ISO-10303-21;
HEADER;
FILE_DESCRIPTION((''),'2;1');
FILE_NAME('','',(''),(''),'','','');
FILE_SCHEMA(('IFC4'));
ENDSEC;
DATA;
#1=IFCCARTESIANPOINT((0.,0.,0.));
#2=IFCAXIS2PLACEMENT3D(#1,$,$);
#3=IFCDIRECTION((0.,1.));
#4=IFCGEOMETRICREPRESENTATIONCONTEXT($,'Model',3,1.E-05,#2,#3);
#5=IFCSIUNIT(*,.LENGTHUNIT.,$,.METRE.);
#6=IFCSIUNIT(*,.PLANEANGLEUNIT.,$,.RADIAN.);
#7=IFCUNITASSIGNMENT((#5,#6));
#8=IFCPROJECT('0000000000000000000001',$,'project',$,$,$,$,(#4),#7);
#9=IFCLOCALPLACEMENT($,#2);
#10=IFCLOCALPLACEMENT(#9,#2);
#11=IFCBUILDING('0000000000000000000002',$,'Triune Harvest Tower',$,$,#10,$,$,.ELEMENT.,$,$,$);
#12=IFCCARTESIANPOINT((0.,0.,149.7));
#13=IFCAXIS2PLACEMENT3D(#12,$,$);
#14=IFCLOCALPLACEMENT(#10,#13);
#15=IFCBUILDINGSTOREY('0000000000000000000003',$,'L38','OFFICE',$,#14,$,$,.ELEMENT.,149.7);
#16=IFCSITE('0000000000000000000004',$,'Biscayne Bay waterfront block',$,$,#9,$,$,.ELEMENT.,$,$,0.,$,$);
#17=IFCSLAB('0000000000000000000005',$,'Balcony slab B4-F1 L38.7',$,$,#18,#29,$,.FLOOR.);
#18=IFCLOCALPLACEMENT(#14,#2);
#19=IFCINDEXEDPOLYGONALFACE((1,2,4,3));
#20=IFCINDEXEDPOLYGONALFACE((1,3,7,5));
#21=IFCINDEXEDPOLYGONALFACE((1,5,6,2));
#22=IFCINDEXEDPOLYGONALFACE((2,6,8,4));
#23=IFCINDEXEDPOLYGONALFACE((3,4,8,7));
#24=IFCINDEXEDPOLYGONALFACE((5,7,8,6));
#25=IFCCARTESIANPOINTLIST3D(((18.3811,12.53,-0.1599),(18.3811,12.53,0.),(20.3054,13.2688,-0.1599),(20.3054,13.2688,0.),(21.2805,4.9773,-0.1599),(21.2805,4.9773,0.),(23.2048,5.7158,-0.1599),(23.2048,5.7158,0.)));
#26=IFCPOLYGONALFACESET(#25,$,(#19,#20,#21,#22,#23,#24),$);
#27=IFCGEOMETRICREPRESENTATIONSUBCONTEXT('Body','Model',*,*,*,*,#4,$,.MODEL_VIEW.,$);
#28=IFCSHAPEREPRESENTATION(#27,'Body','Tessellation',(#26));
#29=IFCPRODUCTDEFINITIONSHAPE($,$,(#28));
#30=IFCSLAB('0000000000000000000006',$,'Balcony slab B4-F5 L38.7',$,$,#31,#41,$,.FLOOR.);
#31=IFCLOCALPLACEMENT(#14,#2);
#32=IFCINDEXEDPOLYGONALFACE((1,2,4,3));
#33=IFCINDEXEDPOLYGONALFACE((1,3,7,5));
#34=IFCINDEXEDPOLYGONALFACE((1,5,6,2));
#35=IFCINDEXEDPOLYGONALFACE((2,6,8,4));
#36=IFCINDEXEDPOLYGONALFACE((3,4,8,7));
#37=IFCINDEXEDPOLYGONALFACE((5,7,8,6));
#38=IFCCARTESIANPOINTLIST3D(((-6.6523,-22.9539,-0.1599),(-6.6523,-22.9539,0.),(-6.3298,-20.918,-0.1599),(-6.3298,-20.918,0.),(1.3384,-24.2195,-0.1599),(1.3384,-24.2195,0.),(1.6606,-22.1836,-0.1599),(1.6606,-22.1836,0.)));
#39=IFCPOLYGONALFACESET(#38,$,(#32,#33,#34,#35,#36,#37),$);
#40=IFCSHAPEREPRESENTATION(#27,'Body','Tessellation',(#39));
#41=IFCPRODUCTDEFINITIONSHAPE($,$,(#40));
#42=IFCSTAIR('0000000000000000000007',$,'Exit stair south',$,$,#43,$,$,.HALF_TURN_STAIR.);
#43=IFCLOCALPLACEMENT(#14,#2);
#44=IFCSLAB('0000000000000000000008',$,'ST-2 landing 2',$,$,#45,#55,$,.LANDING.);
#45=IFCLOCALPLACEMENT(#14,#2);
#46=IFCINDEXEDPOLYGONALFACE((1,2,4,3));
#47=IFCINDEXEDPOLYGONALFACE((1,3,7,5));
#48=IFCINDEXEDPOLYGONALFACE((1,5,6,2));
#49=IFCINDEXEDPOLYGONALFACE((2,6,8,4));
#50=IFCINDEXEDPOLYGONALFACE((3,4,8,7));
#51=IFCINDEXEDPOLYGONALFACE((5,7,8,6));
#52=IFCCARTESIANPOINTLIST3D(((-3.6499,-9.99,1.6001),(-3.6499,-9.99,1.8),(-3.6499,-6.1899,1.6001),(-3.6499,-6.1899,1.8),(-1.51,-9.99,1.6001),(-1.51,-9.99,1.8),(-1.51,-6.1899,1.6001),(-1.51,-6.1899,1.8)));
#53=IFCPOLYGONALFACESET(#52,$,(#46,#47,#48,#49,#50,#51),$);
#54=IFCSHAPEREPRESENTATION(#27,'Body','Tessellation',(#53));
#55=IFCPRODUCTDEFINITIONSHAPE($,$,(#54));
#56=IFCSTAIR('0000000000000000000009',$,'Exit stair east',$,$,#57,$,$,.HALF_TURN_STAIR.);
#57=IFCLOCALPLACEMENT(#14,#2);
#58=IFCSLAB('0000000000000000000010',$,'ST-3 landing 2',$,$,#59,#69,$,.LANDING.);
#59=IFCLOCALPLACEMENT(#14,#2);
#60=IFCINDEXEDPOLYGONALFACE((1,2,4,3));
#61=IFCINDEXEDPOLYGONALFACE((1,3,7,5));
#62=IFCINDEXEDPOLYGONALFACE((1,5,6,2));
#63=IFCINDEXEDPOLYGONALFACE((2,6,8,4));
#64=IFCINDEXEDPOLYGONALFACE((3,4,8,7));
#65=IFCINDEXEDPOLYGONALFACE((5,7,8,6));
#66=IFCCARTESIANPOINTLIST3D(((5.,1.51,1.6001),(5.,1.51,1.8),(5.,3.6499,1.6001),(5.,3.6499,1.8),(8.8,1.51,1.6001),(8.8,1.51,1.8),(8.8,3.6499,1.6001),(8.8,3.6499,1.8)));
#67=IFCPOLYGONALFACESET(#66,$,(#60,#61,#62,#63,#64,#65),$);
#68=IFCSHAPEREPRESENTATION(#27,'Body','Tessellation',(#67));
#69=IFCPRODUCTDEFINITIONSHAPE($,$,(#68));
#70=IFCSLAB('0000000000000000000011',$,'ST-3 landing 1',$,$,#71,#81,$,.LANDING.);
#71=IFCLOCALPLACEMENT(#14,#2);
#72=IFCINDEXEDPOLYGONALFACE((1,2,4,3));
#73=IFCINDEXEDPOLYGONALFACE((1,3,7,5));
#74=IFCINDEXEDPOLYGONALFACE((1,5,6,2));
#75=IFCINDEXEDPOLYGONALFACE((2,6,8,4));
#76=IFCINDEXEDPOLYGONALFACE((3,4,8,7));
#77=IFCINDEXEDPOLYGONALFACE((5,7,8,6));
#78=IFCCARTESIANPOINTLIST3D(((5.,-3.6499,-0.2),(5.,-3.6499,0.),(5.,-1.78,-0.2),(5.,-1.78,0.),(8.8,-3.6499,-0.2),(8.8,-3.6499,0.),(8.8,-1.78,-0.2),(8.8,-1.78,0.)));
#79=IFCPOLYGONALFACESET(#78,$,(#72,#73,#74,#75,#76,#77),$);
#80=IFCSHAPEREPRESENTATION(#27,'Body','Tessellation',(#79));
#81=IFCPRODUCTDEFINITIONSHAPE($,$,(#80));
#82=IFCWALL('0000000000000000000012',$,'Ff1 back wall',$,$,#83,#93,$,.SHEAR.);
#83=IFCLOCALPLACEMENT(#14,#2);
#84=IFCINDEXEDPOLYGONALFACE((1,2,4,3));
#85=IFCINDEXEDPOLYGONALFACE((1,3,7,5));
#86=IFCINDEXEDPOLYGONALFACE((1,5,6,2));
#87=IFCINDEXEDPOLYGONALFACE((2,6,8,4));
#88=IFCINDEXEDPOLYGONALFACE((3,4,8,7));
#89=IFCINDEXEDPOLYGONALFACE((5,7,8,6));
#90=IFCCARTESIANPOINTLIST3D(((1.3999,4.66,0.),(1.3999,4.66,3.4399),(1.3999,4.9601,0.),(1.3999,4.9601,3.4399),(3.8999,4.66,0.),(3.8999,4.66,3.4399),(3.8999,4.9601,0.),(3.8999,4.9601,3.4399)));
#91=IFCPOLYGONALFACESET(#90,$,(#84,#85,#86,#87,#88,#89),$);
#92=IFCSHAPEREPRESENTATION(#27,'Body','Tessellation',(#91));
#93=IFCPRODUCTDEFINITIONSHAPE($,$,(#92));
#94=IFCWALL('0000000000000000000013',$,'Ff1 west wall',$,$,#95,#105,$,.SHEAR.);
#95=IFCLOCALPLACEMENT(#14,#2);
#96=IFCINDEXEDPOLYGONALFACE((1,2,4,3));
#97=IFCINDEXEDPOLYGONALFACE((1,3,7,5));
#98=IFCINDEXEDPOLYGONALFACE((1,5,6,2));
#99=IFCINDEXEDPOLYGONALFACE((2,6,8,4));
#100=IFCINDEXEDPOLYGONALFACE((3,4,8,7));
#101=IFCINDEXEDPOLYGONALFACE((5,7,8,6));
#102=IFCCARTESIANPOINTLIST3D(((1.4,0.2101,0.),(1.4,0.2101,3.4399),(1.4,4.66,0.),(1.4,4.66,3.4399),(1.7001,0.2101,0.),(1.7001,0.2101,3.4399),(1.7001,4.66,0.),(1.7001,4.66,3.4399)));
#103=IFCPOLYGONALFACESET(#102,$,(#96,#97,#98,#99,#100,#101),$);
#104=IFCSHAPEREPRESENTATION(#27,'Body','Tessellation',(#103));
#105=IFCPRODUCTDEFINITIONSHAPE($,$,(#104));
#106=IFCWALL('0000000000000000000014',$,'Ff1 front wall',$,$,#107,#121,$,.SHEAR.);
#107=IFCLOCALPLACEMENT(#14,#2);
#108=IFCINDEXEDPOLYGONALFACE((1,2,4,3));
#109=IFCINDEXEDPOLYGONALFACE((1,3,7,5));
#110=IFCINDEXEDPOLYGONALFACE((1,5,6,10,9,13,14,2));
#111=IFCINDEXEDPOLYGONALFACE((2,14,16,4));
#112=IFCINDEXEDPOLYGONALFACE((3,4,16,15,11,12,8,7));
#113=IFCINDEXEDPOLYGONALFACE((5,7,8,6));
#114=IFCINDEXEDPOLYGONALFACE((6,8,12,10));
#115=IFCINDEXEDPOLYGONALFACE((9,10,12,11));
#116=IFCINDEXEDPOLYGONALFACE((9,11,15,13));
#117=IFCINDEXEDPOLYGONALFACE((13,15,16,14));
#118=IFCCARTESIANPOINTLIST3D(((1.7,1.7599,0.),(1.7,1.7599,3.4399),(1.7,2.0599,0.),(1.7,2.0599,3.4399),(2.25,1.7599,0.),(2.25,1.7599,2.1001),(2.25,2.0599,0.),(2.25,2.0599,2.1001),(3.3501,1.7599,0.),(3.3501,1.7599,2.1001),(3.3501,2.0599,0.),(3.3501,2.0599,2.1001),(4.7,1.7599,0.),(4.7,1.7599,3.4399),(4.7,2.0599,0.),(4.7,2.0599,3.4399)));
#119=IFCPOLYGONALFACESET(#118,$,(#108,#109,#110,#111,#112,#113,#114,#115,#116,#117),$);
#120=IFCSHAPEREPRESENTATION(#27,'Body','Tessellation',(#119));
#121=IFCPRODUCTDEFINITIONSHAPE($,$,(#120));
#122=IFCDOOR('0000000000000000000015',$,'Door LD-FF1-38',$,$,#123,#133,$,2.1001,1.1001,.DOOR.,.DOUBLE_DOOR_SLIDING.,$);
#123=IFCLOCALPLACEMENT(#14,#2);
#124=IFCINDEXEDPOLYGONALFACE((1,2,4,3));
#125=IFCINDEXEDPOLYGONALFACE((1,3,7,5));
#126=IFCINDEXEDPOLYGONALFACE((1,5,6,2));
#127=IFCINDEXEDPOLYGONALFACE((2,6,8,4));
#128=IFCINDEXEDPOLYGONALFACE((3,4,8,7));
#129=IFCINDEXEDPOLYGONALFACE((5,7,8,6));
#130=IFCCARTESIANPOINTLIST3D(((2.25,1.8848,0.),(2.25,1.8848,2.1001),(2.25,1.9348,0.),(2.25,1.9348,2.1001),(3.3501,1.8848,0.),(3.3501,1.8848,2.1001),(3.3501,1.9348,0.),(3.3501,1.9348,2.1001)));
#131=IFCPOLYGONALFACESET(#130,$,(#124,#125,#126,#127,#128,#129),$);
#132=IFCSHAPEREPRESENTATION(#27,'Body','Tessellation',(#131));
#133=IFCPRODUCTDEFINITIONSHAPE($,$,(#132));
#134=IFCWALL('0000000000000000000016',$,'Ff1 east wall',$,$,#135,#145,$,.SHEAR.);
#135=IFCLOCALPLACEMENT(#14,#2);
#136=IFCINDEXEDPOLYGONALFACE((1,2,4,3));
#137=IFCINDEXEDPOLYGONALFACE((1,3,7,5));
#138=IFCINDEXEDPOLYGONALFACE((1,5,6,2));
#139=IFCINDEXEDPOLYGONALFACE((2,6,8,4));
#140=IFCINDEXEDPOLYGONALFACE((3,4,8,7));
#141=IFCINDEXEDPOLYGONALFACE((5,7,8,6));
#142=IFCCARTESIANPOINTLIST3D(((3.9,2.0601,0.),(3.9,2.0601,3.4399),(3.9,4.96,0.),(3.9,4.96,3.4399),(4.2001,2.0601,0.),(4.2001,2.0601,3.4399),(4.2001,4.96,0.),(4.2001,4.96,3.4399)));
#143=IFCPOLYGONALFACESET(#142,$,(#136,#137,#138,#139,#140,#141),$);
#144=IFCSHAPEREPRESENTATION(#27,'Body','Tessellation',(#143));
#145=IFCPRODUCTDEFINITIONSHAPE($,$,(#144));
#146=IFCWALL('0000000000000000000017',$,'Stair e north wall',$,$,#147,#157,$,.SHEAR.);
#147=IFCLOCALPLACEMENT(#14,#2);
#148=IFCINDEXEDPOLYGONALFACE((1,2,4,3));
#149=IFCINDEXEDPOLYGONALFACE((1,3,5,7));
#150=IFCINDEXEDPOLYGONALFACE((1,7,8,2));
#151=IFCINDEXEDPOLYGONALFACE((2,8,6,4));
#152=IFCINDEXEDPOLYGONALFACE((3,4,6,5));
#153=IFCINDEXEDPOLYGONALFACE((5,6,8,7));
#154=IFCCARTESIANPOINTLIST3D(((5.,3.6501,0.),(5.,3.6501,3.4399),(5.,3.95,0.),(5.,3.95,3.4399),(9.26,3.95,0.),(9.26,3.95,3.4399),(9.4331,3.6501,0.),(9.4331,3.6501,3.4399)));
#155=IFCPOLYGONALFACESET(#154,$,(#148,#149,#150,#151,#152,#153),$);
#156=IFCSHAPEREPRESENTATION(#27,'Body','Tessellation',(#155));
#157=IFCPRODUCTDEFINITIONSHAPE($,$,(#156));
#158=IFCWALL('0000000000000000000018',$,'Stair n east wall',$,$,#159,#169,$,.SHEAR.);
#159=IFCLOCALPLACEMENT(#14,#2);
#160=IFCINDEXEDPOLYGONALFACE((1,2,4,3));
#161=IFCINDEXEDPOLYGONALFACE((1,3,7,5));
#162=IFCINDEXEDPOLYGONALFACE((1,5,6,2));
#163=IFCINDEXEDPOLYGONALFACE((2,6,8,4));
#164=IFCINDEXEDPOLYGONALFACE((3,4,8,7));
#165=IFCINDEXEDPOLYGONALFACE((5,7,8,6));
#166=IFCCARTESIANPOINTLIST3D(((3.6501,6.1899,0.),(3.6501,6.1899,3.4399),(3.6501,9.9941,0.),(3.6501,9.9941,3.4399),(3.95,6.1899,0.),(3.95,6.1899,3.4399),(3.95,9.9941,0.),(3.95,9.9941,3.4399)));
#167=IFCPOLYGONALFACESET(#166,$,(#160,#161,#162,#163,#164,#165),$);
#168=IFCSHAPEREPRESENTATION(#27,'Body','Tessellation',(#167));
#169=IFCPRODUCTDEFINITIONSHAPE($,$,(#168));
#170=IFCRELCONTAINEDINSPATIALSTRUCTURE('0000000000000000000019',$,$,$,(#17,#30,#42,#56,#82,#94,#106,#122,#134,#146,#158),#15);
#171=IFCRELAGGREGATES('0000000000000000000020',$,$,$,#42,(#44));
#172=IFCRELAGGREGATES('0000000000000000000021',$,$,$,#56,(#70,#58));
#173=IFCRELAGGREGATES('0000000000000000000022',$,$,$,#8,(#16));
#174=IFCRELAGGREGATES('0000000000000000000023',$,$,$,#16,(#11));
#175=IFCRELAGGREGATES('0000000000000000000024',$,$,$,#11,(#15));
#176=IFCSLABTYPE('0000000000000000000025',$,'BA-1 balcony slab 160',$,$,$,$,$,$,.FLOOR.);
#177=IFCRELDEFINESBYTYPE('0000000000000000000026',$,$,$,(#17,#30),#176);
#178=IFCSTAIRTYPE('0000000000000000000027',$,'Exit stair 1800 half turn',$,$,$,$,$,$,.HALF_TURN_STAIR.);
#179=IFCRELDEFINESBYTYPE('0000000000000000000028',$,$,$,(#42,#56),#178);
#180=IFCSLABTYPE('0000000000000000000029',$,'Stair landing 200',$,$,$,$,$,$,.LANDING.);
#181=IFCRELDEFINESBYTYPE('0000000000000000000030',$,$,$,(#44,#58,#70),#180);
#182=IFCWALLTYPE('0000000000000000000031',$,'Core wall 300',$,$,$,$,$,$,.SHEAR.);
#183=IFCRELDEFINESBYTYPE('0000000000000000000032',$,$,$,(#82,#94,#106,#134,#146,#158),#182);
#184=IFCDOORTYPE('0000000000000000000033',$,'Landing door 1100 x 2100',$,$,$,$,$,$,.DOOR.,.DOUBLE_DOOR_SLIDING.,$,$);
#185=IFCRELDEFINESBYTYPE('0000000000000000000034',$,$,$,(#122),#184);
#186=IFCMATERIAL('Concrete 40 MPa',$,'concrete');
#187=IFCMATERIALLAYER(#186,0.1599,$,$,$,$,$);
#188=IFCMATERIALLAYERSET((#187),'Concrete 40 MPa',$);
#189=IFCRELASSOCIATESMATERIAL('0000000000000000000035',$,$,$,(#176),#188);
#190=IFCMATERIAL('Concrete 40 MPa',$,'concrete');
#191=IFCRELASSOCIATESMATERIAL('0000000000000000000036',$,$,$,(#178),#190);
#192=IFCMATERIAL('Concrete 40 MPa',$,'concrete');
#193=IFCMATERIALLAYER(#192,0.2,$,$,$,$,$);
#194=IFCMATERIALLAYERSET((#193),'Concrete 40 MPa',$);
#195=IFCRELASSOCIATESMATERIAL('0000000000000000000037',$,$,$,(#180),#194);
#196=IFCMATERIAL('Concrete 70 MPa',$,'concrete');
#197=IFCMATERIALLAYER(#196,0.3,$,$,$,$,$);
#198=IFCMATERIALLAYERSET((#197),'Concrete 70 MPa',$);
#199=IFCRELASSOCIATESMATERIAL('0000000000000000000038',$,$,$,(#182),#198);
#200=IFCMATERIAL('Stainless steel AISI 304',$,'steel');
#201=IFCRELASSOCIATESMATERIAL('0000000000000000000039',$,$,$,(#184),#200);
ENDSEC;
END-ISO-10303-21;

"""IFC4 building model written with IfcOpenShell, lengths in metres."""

from ifc_helpers import new_model, si_unit, direction, frame, frame_2d, origin, place, context, subcontext, project, spatial, polyline, rectangle, outline, extrude, source, transform, mapped, material, layer, layer_set, type_object, element, fill, aggregate, save


model = new_model("IFC4")

# Units and contexts
model_context = context("Model", 3, precision=1e-05, world=origin(), true_north=direction((0.0, 1.0)))
body_context = subcontext(model_context, "Body", "Model", "MODEL_VIEW")
ifc_project = project(units=[si_unit("LENGTHUNIT", "METRE"), si_unit("PLANEANGLEUNIT", "RADIAN")], contexts=[model_context])

# Site, building, storey
site_placement = place(None, origin())
site = spatial("IfcSite", under=ifc_project, at=site_placement, Name="Biscayne Bay waterfront block", CompositionType="ELEMENT", RefElevation=0.0)
building_placement = place(site_placement, origin())
building = spatial("IfcBuilding", under=site, at=building_placement, Name="Triune Harvest Tower", CompositionType="ELEMENT")
storey_placement = place(building_placement, frame((0.0, 0.0, 149.7)))
storey = spatial("IfcBuildingStorey", under=building, at=storey_placement, Name="L38", Description="OFFICE", CompositionType="ELEMENT", Elevation=149.7)

# Slabs
ifc_material_1 = material(Name="Concrete 40 MPa", Category="concrete")
ifc_layer_1 = layer(ifc_material_1, 0.1599)
ifc_layer_set_1 = layer_set([ifc_layer_1], Name="Concrete 40 MPa")
slab_type_1 = type_object("IfcSlabType", Name="BA-1 balcony slab 160", PredefinedType="FLOOR", material=ifc_layer_set_1)
slab_1_placement = place(storey_placement, frame((0.0, 0.0, -0.1599)))
element("IfcSlab", 1, at=slab_1_placement, inside=storey, type_object=slab_type_1, Name="Balcony slab B4-F1 L38.7", PredefinedType="FLOOR", context=body_context, shape_type="SweptSolid", body=[
    extrude(outline(polyline([(21.2805, 4.9773), (18.3811, 12.53), (20.3054, 13.2688), (23.2048, 5.7158), (21.2805, 4.9773)])), origin(), (0.0, 0.0, 1.0), 0.1599),
])
slab_2_placement = place(storey_placement, frame((0.0, 0.0, -0.1599)))
element("IfcSlab", 2, at=slab_2_placement, inside=storey, type_object=slab_type_1, Name="Balcony slab B4-F5 L38.7", PredefinedType="FLOOR", context=body_context, shape_type="SweptSolid", body=[
    extrude(outline(polyline([(-6.3298, -20.918), (1.6606, -22.1836), (1.3384, -24.2195), (-6.6523, -22.9539), (-6.3298, -20.918)])), origin(), (0.0, 0.0, 1.0), 0.1599),
])

# Stair, slab
ifc_material_2 = material(Name="Concrete 40 MPa", Category="concrete")
stair_type = type_object("IfcStairType", Name="Exit stair 1800 half turn", PredefinedType="HALF_TURN_STAIR", material=ifc_material_2)
stair_1_placement = place(storey_placement, origin())
stair_1 = element("IfcStair", 3, at=stair_1_placement, inside=storey, type_object=stair_type, Name="Exit stair south", PredefinedType="HALF_TURN_STAIR")
ifc_material_3 = material(Name="Concrete 40 MPa", Category="concrete")
ifc_layer_2 = layer(ifc_material_3, 0.2)
ifc_layer_set_2 = layer_set([ifc_layer_2], Name="Concrete 40 MPa")
slab_type_2 = type_object("IfcSlabType", Name="Stair landing 200", PredefinedType="LANDING", material=ifc_layer_set_2)
shared_shape_1 = source(origin(), body_context, "Body", "SweptSolid", [
    extrude(outline(polyline([(-1.51, -6.1899), (-3.6499, -6.1899), (-3.6499, -9.99), (-1.51, -9.99), (-1.51, -6.1899)])), origin(), (0.0, 0.0, 1.0), 0.2),
])
slab_3_placement = place(storey_placement, frame((0.0, 0.0, 1.6001)))
slab_3 = element("IfcSlab", 4, at=slab_3_placement, type_object=slab_type_2, Name="ST-2 landing 2", PredefinedType="LANDING", context=body_context, shape_type="MappedRepresentation", body=[
    mapped(shared_shape_1, transform((0.0, 0.0, 0.0), scale=1.0)),
])
aggregate(stair_1, [slab_3])

# Stair, slabs
stair_2_placement = place(storey_placement, origin())
stair_2 = element("IfcStair", 5, at=stair_2_placement, inside=storey, type_object=stair_type, Name="Exit stair east", PredefinedType="HALF_TURN_STAIR")
shared_shape_2 = source(origin(), body_context, "Body", "SweptSolid", [
    extrude(outline(polyline([(8.8, 1.51), (8.8, 3.6499), (5.0, 3.6499), (5.0, 1.51), (8.8, 1.51)])), origin(), (0.0, 0.0, 1.0), 0.2),
])
slab_4_placement = place(storey_placement, frame((0.0, 0.0, 1.6001)))
slab_4 = element("IfcSlab", 6, at=slab_4_placement, type_object=slab_type_2, Name="ST-3 landing 2", PredefinedType="LANDING", context=body_context, shape_type="MappedRepresentation", body=[
    mapped(shared_shape_2, transform((0.0, 0.0, 0.0), scale=1.0)),
])
shared_shape_3 = source(origin(), body_context, "Body", "SweptSolid", [
    extrude(outline(polyline([(8.8, -3.6499), (8.8, -1.78), (5.0, -1.78), (5.0, -3.6499), (8.8, -3.6499)])), origin(), (0.0, 0.0, 1.0), 0.2),
])
slab_5_placement = place(storey_placement, frame((0.0, 0.0, -0.2)))
slab_5 = element("IfcSlab", 7, at=slab_5_placement, type_object=slab_type_2, Name="ST-3 landing 1", PredefinedType="LANDING", context=body_context, shape_type="MappedRepresentation", body=[
    mapped(shared_shape_3, transform((0.0, 0.0, 0.0), scale=1.0)),
])

# Walls
ifc_material_4 = material(Name="Concrete 70 MPa", Category="concrete")
ifc_layer_3 = layer(ifc_material_4, 0.3)
ifc_layer_set_3 = layer_set([ifc_layer_3], Name="Concrete 70 MPa")
wall_type_1 = type_object("IfcWallType", Name="Core wall 300", PredefinedType="SHEAR", material=ifc_layer_set_3)
shared_shape_4 = source(origin(), body_context, "Body", "SweptSolid", [
    extrude(rectangle(XDim=2.5, YDim=0.3, at=frame_2d((1.25, 0.0))), origin(), (0.0, 0.0, 1.0), 3.4399),
])
wall_1_placement = place(storey_placement, frame((1.3999, 4.8101, 0.0), z_axis=(0.0, 0.0, 1.0), x_axis=(1.0, 0.0, 0.0)))
element("IfcWall", 8, at=wall_1_placement, inside=storey, type_object=wall_type_1, Name="Ff1 back wall", PredefinedType="SHEAR", context=body_context, shape_type="MappedRepresentation", body=[
    mapped(shared_shape_4, transform((0.0, 0.0, 0.0), scale=1.0)),
])
shared_shape_5 = source(origin(), body_context, "Body", "SweptSolid", [
    extrude(rectangle(XDim=4.45, YDim=0.3, at=frame_2d((2.2251, 0.0))), origin(), (0.0, 0.0, 1.0), 3.4399),
])
wall_2_placement = place(storey_placement, frame((1.55, 0.21, 0.0), z_axis=(0.0, 0.0, 1.0), x_axis=(0.0, 1.0, 0.0)))
element("IfcWall", 9, at=wall_2_placement, inside=storey, type_object=wall_type_1, Name="Ff1 west wall", PredefinedType="SHEAR", context=body_context, shape_type="MappedRepresentation", body=[
    mapped(shared_shape_5, transform((0.0, 0.0, 0.0), scale=1.0)),
])

# Wall, opening, door
shared_shape_6 = source(origin(), body_context, "Body", "SweptSolid", [
    extrude(rectangle(XDim=3.0, YDim=0.3, at=frame_2d((1.5, 0.0))), origin(), (0.0, 0.0, 1.0), 3.4399),
])
wall_3_placement = place(storey_placement, frame((1.7, 1.9099, 0.0), z_axis=(0.0, 0.0, 1.0), x_axis=(1.0, 0.0, 0.0)))
wall_3 = element("IfcWall", 10, at=wall_3_placement, inside=storey, type_object=wall_type_1, Name="Ff1 front wall", PredefinedType="SHEAR", context=body_context, shape_type="MappedRepresentation", body=[
    mapped(shared_shape_6, transform((0.0, 0.0, 0.0), scale=1.0)),
])
opening_1_placement = place(wall_3_placement, frame((0.55, 0.0, 0.0)))
opening_1 = element("IfcOpeningElement", 11, at=opening_1_placement, cuts=wall_3, PredefinedType="OPENING", context=body_context, shape_type="SweptSolid", body=[
    extrude(rectangle(XDim=1.1001, YDim=2.1001, at=frame_2d((0.55, 1.05))), frame((0.0, 0.1602, 0.0), z_axis=(0.0, -1.0, 0.0), x_axis=(1.0, 0.0, 0.0)), (0.0, 0.0, 1.0), 0.3201),
])
ifc_material_5 = material(Name="Stainless steel AISI 304", Category="steel")
door_type_1 = type_object("IfcDoorType", Name="Landing door 1100 x 2100", OperationType="DOUBLE_DOOR_SLIDING", PredefinedType="DOOR", material=ifc_material_5)
door_1_placement = place(opening_1_placement, origin())
door_1 = element("IfcDoor", 12, at=door_1_placement, inside=storey, type_object=door_type_1, Name="Door LD-FF1-38", OperationType="DOUBLE_DOOR_SLIDING", OverallHeight=2.1001, OverallWidth=1.1001, PredefinedType="DOOR", context=body_context, shape_type="SweptSolid", body=[
    extrude(rectangle(XDim=1.1001, YDim=2.1001, at=frame_2d((0.55, 1.05))), frame((0.0, 0.0249, 0.0), z_axis=(0.0, -1.0, 0.0), x_axis=(1.0, 0.0, 0.0)), (0.0, 0.0, 1.0), 0.05),
])
fill(opening_1, door_1)

# Walls
shared_shape_7 = source(origin(), body_context, "Body", "SweptSolid", [
    extrude(rectangle(XDim=2.8999, YDim=0.3, at=frame_2d((1.45, 0.0))), origin(), (0.0, 0.0, 1.0), 3.4399),
])
wall_4_placement = place(storey_placement, frame((4.05, 2.0601, 0.0), z_axis=(0.0, 0.0, 1.0), x_axis=(0.0, 1.0, 0.0)))
element("IfcWall", 13, at=wall_4_placement, inside=storey, type_object=wall_type_1, Name="Ff1 east wall", PredefinedType="SHEAR", context=body_context, shape_type="MappedRepresentation", body=[
    mapped(shared_shape_7, transform((0.0, 0.0, 0.0), scale=1.0)),
])
shared_shape_8 = source(origin(), body_context, "Body", "SweptSolid", [
    extrude(outline(polyline([(0.0, -0.1499), (0.0, 0.1499), (4.26, 0.1499), (4.4331, -0.1499), (0.0, -0.1499)])), origin(), (0.0, 0.0, 1.0), 3.4399),
])
wall_5_placement = place(storey_placement, frame((5.0, 3.8, 0.0), z_axis=(0.0, 0.0, 1.0), x_axis=(1.0, 0.0, 0.0)))
element("IfcWall", 14, at=wall_5_placement, inside=storey, type_object=wall_type_1, Name="Stair e north wall", PredefinedType="SHEAR", context=body_context, shape_type="MappedRepresentation", body=[
    mapped(shared_shape_8, transform((0.0, 0.0, 0.0), scale=1.0)),
])
shared_shape_9 = source(origin(), body_context, "Body", "SweptSolid", [
    extrude(outline(polyline([(0.0, -0.1499), (0.0, 0.1499), (3.8042, 0.1499), (3.8042, -0.1499), (0.0, -0.1499)])), origin(), (0.0, 0.0, 1.0), 3.4399),
])
wall_6_placement = place(storey_placement, frame((3.8, 6.1899, 0.0), z_axis=(0.0, 0.0, 1.0), x_axis=(0.0, 1.0, 0.0)))
element("IfcWall", 15, at=wall_6_placement, inside=storey, type_object=wall_type_1, Name="Stair n east wall", PredefinedType="SHEAR", context=body_context, shape_type="MappedRepresentation", body=[
    mapped(shared_shape_9, transform((0.0, 0.0, 0.0), scale=1.0)),
])

aggregate(stair_2, [slab_5, slab_4])

save(model, "model.ifc")
